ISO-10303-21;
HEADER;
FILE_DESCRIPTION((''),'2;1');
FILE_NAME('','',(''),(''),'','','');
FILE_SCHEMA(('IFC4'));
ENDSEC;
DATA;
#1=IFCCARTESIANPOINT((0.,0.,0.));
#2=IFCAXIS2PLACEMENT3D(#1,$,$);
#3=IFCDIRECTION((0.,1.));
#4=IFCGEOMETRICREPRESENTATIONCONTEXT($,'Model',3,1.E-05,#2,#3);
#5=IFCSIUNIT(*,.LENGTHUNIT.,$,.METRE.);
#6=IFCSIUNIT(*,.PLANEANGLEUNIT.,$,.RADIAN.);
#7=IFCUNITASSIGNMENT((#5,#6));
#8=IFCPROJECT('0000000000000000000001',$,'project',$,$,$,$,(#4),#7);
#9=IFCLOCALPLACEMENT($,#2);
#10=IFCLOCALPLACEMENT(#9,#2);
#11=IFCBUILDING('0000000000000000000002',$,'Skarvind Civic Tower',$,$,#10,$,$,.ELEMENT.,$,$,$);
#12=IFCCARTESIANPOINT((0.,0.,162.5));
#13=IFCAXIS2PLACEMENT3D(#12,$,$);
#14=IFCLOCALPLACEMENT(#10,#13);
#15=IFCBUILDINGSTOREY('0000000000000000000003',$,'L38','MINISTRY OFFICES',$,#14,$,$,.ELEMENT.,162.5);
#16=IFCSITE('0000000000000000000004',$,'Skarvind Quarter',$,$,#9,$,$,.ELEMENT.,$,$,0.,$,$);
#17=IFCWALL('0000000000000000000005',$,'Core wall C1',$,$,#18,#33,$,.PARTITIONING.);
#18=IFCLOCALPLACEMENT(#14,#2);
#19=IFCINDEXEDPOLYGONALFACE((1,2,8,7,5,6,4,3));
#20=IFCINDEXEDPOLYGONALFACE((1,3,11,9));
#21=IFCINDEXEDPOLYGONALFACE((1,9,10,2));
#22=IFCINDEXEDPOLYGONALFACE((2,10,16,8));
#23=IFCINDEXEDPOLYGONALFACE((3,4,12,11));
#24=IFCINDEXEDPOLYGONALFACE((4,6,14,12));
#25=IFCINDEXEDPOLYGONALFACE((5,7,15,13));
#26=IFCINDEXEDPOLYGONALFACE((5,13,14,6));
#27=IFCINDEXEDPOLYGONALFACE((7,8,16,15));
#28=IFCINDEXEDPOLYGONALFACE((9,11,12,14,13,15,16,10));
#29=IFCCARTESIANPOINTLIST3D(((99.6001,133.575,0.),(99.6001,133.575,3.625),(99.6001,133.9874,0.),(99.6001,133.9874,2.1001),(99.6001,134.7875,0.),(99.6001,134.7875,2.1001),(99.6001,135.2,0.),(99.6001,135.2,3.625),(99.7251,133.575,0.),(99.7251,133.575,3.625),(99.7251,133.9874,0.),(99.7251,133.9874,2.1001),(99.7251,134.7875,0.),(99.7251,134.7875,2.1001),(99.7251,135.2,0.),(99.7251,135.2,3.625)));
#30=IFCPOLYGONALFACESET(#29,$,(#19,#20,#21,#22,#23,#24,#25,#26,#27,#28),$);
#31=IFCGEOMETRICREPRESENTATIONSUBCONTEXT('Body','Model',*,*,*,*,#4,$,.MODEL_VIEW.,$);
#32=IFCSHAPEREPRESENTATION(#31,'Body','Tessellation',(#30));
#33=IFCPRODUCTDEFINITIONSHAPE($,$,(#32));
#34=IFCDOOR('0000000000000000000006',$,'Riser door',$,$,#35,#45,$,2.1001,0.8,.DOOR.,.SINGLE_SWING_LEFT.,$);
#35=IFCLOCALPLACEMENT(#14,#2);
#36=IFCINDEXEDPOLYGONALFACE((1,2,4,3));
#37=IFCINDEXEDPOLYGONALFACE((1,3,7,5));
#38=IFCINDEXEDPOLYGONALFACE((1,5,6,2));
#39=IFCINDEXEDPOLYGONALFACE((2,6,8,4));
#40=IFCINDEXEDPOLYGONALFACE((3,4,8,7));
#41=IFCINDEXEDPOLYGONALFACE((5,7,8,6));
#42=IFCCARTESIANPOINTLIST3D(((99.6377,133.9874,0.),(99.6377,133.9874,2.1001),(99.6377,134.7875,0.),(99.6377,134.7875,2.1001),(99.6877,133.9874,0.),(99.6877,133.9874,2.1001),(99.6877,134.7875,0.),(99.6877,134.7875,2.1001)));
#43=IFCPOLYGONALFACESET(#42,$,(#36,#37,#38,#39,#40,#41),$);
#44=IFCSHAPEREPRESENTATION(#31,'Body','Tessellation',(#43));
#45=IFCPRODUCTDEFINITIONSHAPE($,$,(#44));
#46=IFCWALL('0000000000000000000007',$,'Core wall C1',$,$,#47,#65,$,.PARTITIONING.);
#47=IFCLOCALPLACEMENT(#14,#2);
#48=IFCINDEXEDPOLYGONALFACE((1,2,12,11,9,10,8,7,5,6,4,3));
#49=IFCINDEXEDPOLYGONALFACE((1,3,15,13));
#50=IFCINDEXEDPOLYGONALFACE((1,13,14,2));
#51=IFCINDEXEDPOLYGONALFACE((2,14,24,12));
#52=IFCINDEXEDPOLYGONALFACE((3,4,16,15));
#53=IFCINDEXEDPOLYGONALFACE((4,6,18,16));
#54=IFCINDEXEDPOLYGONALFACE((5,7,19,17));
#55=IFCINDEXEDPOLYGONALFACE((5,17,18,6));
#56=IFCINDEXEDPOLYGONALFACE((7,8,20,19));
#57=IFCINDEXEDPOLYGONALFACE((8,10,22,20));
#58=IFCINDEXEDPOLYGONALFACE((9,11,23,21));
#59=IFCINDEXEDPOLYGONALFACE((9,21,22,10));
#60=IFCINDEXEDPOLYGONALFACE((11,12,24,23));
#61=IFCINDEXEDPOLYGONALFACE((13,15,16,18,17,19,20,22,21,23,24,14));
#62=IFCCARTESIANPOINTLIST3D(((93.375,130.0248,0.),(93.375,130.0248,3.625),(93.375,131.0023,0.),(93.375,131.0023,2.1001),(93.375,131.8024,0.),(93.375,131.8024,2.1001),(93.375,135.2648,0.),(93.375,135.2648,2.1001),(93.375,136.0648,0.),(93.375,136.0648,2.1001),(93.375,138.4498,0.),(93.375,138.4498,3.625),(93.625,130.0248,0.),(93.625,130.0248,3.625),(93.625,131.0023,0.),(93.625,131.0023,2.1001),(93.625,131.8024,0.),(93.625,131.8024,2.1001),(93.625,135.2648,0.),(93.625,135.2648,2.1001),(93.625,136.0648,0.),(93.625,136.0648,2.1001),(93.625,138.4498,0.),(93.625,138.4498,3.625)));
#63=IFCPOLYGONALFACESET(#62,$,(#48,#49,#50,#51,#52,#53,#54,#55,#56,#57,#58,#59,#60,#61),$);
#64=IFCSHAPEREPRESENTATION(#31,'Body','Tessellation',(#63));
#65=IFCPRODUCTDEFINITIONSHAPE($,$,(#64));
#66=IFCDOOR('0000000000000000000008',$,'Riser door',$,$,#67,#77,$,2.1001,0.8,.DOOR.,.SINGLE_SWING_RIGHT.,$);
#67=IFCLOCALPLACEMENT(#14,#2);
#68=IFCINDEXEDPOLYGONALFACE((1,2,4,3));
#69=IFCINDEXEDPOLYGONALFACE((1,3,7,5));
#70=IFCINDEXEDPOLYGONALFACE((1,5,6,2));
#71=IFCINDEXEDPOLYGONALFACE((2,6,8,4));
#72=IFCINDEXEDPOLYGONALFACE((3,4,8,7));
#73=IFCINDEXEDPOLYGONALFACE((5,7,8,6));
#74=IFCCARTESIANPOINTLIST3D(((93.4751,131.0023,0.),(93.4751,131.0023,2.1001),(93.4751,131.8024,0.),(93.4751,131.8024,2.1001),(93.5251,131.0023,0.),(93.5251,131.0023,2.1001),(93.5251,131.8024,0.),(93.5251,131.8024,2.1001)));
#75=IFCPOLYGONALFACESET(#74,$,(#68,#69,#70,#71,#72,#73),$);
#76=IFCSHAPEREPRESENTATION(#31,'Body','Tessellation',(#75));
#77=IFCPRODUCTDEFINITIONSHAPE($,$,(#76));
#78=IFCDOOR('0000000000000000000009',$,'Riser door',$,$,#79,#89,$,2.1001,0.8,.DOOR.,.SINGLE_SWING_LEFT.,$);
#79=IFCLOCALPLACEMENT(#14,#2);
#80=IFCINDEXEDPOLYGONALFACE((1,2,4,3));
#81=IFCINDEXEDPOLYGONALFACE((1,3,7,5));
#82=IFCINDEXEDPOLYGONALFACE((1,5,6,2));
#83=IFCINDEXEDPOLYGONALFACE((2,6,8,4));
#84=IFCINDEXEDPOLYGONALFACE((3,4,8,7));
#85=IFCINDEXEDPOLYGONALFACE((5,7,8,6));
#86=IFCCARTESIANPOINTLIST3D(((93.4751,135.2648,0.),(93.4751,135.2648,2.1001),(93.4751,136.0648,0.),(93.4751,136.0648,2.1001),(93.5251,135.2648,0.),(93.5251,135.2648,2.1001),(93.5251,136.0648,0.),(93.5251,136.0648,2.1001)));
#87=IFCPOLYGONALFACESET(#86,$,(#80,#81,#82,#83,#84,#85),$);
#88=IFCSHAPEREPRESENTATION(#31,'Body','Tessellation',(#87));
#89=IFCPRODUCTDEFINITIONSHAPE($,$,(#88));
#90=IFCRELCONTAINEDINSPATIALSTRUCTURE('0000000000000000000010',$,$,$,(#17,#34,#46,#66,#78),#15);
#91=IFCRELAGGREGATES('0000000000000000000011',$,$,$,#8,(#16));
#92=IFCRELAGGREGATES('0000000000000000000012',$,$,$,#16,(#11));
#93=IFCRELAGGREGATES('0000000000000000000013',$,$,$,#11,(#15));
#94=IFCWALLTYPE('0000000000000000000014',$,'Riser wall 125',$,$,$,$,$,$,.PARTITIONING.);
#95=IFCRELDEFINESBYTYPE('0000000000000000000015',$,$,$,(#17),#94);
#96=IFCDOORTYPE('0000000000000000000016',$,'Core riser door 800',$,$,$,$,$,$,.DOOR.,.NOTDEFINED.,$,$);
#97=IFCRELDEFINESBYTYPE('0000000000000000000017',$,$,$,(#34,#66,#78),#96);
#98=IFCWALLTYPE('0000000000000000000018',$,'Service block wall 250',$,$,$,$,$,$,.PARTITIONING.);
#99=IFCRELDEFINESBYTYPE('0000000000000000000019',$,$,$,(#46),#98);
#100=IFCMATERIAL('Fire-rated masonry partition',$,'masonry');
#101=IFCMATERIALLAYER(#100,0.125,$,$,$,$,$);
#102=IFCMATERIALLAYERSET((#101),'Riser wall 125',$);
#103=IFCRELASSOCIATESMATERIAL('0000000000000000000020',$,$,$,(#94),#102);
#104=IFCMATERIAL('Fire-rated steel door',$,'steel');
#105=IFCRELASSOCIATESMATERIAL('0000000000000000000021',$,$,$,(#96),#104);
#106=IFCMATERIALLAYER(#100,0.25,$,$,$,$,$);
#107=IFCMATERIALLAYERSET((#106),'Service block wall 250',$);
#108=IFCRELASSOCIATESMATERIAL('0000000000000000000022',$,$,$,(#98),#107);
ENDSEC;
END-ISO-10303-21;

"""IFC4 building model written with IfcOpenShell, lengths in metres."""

from ifc_helpers import new_model, si_unit, direction, frame, frame_2d, origin, place, context, subcontext, project, spatial, rectangle, extrude, material, layer, layer_set, type_object, element, fill, save


model = new_model("IFC4")

# Units and contexts
model_context = context("Model", 3, precision=1e-05, world=origin(), true_north=direction((0.0, 1.0)))
body_context = subcontext(model_context, "Body", "Model", "MODEL_VIEW")
ifc_project = project(units=[si_unit("LENGTHUNIT", "METRE"), si_unit("PLANEANGLEUNIT", "RADIAN")], contexts=[model_context])

# Site, building, storey
site_placement = place(None, origin())
site = spatial("IfcSite", under=ifc_project, at=site_placement, Name="Skarvind Quarter", CompositionType="ELEMENT", RefElevation=0.0)
building_placement = place(site_placement, origin())
building = spatial("IfcBuilding", under=site, at=building_placement, Name="Skarvind Civic Tower", CompositionType="ELEMENT")
storey_placement = place(building_placement, frame((0.0, 0.0, 162.5)))
storey = spatial("IfcBuildingStorey", under=building, at=storey_placement, Name="L38", Description="MINISTRY OFFICES", CompositionType="ELEMENT", Elevation=162.5)

# Shared definitions
ifc_material_1 = material(Name="Fire-rated masonry partition", Category="masonry")
ifc_material_2 = material(Name="Fire-rated steel door", Category="steel")

# Wall, opening, door
ifc_layer_1 = layer(ifc_material_1, 0.125)
ifc_layer_set_1 = layer_set([ifc_layer_1], Name="Riser wall 125")
wall_type_1 = type_object("IfcWallType", Name="Riser wall 125", PredefinedType="PARTITIONING", material=ifc_layer_set_1)
wall_1_placement = place(storey_placement, frame((99.6626, 133.575, 0.0), z_axis=(0.0, 0.0, 1.0), x_axis=(0.0, 1.0, 0.0)))
wall_1 = element("IfcWall", 1, at=wall_1_placement, inside=storey, type_object=wall_type_1, Name="Core wall C1", PredefinedType="PARTITIONING", context=body_context, shape_type="SweptSolid", body=[
    extrude(rectangle(XDim=1.625, YDim=0.125, at=frame_2d((0.8125, 0.0))), origin(), (0.0, 0.0, 1.0), 3.625),
])
opening_1_placement = place(wall_1_placement, frame((0.4126, 0.0, 0.0)))
opening_1 = element("IfcOpeningElement", 2, at=opening_1_placement, cuts=wall_1, PredefinedType="OPENING", context=body_context, shape_type="SweptSolid", body=[
    extrude(rectangle(XDim=0.8, YDim=2.1001, at=frame_2d((0.3999, 1.05))), frame((0.0, 0.0725, 0.0), z_axis=(0.0, -1.0, 0.0), x_axis=(1.0, 0.0, 0.0)), (0.0, 0.0, 1.0), 0.145),
])
door_type_1 = type_object("IfcDoorType", Name="Core riser door 800", OperationType="NOTDEFINED", PredefinedType="DOOR", material=ifc_material_2)
door_1_placement = place(opening_1_placement, origin())
door_1 = element("IfcDoor", 3, at=door_1_placement, inside=storey, type_object=door_type_1, Name="Riser door", OperationType="SINGLE_SWING_LEFT", OverallHeight=2.1001, OverallWidth=0.8, PredefinedType="DOOR", context=body_context, shape_type="SweptSolid", body=[
    extrude(rectangle(XDim=0.8, YDim=2.1001, at=frame_2d((0.3999, 1.05))), frame((0.0, 0.0249, 0.0), z_axis=(0.0, -1.0, 0.0), x_axis=(1.0, 0.0, 0.0)), (0.0, 0.0, 1.0), 0.05),
])
fill(opening_1, door_1)

# Wall, openings, doors
ifc_layer_2 = layer(ifc_material_1, 0.25)
ifc_layer_set_2 = layer_set([ifc_layer_2], Name="Service block wall 250")
wall_type_2 = type_object("IfcWallType", Name="Service block wall 250", PredefinedType="PARTITIONING", material=ifc_layer_set_2)
wall_2_placement = place(storey_placement, frame((93.5, 130.0249, 0.0), z_axis=(0.0, 0.0, 1.0), x_axis=(0.0, 1.0, 0.0)))
wall_2 = element("IfcWall", 4, at=wall_2_placement, inside=storey, type_object=wall_type_2, Name="Core wall C1", PredefinedType="PARTITIONING", context=body_context, shape_type="SweptSolid", body=[
    extrude(rectangle(XDim=8.425, YDim=0.25, at=frame_2d((4.2124, 0.0))), origin(), (0.0, 0.0, 1.0), 3.625),
])
opening_2_placement = place(wall_2_placement, frame((0.9775, 0.0, 0.0)))
opening_2 = element("IfcOpeningElement", 5, at=opening_2_placement, cuts=wall_2, PredefinedType="OPENING", context=body_context, shape_type="SweptSolid", body=[
    extrude(rectangle(XDim=0.8, YDim=2.1001, at=frame_2d((0.3999, 1.05))), frame((0.0, 0.135, 0.0), z_axis=(0.0, -1.0, 0.0), x_axis=(1.0, 0.0, 0.0)), (0.0, 0.0, 1.0), 0.27),
])
opening_3_placement = place(wall_2_placement, frame((5.24, 0.0, 0.0)))
opening_3 = element("IfcOpeningElement", 6, at=opening_3_placement, cuts=wall_2, PredefinedType="OPENING", context=body_context, shape_type="SweptSolid", body=[
    extrude(rectangle(XDim=0.8, YDim=2.1001, at=frame_2d((0.3999, 1.05))), frame((0.0, 0.135, 0.0), z_axis=(0.0, -1.0, 0.0), x_axis=(1.0, 0.0, 0.0)), (0.0, 0.0, 1.0), 0.27),
])
door_2_placement = place(opening_2_placement, origin())
door_2 = element("IfcDoor", 7, at=door_2_placement, inside=storey, type_object=door_type_1, Name="Riser door", OperationType="SINGLE_SWING_RIGHT", OverallHeight=2.1001, OverallWidth=0.8, PredefinedType="DOOR", context=body_context, shape_type="SweptSolid", body=[
    extrude(rectangle(XDim=0.8, YDim=2.1001, at=frame_2d((0.3999, 1.05))), frame((0.0, 0.0249, 0.0), z_axis=(0.0, -1.0, 0.0), x_axis=(1.0, 0.0, 0.0)), (0.0, 0.0, 1.0), 0.05),
])
fill(opening_2, door_2)
door_3_placement = place(opening_3_placement, origin())
door_3 = element("IfcDoor", 8, at=door_3_placement, inside=storey, type_object=door_type_1, Name="Riser door", OperationType="SINGLE_SWING_LEFT", OverallHeight=2.1001, OverallWidth=0.8, PredefinedType="DOOR", context=body_context, shape_type="SweptSolid", body=[
    extrude(rectangle(XDim=0.8, YDim=2.1001, at=frame_2d((0.3999, 1.05))), frame((0.0, 0.0249, 0.0), z_axis=(0.0, -1.0, 0.0), x_axis=(1.0, 0.0, 0.0)), (0.0, 0.0, 1.0), 0.05),
])
fill(opening_3, door_3)

save(model, "model.ifc")
